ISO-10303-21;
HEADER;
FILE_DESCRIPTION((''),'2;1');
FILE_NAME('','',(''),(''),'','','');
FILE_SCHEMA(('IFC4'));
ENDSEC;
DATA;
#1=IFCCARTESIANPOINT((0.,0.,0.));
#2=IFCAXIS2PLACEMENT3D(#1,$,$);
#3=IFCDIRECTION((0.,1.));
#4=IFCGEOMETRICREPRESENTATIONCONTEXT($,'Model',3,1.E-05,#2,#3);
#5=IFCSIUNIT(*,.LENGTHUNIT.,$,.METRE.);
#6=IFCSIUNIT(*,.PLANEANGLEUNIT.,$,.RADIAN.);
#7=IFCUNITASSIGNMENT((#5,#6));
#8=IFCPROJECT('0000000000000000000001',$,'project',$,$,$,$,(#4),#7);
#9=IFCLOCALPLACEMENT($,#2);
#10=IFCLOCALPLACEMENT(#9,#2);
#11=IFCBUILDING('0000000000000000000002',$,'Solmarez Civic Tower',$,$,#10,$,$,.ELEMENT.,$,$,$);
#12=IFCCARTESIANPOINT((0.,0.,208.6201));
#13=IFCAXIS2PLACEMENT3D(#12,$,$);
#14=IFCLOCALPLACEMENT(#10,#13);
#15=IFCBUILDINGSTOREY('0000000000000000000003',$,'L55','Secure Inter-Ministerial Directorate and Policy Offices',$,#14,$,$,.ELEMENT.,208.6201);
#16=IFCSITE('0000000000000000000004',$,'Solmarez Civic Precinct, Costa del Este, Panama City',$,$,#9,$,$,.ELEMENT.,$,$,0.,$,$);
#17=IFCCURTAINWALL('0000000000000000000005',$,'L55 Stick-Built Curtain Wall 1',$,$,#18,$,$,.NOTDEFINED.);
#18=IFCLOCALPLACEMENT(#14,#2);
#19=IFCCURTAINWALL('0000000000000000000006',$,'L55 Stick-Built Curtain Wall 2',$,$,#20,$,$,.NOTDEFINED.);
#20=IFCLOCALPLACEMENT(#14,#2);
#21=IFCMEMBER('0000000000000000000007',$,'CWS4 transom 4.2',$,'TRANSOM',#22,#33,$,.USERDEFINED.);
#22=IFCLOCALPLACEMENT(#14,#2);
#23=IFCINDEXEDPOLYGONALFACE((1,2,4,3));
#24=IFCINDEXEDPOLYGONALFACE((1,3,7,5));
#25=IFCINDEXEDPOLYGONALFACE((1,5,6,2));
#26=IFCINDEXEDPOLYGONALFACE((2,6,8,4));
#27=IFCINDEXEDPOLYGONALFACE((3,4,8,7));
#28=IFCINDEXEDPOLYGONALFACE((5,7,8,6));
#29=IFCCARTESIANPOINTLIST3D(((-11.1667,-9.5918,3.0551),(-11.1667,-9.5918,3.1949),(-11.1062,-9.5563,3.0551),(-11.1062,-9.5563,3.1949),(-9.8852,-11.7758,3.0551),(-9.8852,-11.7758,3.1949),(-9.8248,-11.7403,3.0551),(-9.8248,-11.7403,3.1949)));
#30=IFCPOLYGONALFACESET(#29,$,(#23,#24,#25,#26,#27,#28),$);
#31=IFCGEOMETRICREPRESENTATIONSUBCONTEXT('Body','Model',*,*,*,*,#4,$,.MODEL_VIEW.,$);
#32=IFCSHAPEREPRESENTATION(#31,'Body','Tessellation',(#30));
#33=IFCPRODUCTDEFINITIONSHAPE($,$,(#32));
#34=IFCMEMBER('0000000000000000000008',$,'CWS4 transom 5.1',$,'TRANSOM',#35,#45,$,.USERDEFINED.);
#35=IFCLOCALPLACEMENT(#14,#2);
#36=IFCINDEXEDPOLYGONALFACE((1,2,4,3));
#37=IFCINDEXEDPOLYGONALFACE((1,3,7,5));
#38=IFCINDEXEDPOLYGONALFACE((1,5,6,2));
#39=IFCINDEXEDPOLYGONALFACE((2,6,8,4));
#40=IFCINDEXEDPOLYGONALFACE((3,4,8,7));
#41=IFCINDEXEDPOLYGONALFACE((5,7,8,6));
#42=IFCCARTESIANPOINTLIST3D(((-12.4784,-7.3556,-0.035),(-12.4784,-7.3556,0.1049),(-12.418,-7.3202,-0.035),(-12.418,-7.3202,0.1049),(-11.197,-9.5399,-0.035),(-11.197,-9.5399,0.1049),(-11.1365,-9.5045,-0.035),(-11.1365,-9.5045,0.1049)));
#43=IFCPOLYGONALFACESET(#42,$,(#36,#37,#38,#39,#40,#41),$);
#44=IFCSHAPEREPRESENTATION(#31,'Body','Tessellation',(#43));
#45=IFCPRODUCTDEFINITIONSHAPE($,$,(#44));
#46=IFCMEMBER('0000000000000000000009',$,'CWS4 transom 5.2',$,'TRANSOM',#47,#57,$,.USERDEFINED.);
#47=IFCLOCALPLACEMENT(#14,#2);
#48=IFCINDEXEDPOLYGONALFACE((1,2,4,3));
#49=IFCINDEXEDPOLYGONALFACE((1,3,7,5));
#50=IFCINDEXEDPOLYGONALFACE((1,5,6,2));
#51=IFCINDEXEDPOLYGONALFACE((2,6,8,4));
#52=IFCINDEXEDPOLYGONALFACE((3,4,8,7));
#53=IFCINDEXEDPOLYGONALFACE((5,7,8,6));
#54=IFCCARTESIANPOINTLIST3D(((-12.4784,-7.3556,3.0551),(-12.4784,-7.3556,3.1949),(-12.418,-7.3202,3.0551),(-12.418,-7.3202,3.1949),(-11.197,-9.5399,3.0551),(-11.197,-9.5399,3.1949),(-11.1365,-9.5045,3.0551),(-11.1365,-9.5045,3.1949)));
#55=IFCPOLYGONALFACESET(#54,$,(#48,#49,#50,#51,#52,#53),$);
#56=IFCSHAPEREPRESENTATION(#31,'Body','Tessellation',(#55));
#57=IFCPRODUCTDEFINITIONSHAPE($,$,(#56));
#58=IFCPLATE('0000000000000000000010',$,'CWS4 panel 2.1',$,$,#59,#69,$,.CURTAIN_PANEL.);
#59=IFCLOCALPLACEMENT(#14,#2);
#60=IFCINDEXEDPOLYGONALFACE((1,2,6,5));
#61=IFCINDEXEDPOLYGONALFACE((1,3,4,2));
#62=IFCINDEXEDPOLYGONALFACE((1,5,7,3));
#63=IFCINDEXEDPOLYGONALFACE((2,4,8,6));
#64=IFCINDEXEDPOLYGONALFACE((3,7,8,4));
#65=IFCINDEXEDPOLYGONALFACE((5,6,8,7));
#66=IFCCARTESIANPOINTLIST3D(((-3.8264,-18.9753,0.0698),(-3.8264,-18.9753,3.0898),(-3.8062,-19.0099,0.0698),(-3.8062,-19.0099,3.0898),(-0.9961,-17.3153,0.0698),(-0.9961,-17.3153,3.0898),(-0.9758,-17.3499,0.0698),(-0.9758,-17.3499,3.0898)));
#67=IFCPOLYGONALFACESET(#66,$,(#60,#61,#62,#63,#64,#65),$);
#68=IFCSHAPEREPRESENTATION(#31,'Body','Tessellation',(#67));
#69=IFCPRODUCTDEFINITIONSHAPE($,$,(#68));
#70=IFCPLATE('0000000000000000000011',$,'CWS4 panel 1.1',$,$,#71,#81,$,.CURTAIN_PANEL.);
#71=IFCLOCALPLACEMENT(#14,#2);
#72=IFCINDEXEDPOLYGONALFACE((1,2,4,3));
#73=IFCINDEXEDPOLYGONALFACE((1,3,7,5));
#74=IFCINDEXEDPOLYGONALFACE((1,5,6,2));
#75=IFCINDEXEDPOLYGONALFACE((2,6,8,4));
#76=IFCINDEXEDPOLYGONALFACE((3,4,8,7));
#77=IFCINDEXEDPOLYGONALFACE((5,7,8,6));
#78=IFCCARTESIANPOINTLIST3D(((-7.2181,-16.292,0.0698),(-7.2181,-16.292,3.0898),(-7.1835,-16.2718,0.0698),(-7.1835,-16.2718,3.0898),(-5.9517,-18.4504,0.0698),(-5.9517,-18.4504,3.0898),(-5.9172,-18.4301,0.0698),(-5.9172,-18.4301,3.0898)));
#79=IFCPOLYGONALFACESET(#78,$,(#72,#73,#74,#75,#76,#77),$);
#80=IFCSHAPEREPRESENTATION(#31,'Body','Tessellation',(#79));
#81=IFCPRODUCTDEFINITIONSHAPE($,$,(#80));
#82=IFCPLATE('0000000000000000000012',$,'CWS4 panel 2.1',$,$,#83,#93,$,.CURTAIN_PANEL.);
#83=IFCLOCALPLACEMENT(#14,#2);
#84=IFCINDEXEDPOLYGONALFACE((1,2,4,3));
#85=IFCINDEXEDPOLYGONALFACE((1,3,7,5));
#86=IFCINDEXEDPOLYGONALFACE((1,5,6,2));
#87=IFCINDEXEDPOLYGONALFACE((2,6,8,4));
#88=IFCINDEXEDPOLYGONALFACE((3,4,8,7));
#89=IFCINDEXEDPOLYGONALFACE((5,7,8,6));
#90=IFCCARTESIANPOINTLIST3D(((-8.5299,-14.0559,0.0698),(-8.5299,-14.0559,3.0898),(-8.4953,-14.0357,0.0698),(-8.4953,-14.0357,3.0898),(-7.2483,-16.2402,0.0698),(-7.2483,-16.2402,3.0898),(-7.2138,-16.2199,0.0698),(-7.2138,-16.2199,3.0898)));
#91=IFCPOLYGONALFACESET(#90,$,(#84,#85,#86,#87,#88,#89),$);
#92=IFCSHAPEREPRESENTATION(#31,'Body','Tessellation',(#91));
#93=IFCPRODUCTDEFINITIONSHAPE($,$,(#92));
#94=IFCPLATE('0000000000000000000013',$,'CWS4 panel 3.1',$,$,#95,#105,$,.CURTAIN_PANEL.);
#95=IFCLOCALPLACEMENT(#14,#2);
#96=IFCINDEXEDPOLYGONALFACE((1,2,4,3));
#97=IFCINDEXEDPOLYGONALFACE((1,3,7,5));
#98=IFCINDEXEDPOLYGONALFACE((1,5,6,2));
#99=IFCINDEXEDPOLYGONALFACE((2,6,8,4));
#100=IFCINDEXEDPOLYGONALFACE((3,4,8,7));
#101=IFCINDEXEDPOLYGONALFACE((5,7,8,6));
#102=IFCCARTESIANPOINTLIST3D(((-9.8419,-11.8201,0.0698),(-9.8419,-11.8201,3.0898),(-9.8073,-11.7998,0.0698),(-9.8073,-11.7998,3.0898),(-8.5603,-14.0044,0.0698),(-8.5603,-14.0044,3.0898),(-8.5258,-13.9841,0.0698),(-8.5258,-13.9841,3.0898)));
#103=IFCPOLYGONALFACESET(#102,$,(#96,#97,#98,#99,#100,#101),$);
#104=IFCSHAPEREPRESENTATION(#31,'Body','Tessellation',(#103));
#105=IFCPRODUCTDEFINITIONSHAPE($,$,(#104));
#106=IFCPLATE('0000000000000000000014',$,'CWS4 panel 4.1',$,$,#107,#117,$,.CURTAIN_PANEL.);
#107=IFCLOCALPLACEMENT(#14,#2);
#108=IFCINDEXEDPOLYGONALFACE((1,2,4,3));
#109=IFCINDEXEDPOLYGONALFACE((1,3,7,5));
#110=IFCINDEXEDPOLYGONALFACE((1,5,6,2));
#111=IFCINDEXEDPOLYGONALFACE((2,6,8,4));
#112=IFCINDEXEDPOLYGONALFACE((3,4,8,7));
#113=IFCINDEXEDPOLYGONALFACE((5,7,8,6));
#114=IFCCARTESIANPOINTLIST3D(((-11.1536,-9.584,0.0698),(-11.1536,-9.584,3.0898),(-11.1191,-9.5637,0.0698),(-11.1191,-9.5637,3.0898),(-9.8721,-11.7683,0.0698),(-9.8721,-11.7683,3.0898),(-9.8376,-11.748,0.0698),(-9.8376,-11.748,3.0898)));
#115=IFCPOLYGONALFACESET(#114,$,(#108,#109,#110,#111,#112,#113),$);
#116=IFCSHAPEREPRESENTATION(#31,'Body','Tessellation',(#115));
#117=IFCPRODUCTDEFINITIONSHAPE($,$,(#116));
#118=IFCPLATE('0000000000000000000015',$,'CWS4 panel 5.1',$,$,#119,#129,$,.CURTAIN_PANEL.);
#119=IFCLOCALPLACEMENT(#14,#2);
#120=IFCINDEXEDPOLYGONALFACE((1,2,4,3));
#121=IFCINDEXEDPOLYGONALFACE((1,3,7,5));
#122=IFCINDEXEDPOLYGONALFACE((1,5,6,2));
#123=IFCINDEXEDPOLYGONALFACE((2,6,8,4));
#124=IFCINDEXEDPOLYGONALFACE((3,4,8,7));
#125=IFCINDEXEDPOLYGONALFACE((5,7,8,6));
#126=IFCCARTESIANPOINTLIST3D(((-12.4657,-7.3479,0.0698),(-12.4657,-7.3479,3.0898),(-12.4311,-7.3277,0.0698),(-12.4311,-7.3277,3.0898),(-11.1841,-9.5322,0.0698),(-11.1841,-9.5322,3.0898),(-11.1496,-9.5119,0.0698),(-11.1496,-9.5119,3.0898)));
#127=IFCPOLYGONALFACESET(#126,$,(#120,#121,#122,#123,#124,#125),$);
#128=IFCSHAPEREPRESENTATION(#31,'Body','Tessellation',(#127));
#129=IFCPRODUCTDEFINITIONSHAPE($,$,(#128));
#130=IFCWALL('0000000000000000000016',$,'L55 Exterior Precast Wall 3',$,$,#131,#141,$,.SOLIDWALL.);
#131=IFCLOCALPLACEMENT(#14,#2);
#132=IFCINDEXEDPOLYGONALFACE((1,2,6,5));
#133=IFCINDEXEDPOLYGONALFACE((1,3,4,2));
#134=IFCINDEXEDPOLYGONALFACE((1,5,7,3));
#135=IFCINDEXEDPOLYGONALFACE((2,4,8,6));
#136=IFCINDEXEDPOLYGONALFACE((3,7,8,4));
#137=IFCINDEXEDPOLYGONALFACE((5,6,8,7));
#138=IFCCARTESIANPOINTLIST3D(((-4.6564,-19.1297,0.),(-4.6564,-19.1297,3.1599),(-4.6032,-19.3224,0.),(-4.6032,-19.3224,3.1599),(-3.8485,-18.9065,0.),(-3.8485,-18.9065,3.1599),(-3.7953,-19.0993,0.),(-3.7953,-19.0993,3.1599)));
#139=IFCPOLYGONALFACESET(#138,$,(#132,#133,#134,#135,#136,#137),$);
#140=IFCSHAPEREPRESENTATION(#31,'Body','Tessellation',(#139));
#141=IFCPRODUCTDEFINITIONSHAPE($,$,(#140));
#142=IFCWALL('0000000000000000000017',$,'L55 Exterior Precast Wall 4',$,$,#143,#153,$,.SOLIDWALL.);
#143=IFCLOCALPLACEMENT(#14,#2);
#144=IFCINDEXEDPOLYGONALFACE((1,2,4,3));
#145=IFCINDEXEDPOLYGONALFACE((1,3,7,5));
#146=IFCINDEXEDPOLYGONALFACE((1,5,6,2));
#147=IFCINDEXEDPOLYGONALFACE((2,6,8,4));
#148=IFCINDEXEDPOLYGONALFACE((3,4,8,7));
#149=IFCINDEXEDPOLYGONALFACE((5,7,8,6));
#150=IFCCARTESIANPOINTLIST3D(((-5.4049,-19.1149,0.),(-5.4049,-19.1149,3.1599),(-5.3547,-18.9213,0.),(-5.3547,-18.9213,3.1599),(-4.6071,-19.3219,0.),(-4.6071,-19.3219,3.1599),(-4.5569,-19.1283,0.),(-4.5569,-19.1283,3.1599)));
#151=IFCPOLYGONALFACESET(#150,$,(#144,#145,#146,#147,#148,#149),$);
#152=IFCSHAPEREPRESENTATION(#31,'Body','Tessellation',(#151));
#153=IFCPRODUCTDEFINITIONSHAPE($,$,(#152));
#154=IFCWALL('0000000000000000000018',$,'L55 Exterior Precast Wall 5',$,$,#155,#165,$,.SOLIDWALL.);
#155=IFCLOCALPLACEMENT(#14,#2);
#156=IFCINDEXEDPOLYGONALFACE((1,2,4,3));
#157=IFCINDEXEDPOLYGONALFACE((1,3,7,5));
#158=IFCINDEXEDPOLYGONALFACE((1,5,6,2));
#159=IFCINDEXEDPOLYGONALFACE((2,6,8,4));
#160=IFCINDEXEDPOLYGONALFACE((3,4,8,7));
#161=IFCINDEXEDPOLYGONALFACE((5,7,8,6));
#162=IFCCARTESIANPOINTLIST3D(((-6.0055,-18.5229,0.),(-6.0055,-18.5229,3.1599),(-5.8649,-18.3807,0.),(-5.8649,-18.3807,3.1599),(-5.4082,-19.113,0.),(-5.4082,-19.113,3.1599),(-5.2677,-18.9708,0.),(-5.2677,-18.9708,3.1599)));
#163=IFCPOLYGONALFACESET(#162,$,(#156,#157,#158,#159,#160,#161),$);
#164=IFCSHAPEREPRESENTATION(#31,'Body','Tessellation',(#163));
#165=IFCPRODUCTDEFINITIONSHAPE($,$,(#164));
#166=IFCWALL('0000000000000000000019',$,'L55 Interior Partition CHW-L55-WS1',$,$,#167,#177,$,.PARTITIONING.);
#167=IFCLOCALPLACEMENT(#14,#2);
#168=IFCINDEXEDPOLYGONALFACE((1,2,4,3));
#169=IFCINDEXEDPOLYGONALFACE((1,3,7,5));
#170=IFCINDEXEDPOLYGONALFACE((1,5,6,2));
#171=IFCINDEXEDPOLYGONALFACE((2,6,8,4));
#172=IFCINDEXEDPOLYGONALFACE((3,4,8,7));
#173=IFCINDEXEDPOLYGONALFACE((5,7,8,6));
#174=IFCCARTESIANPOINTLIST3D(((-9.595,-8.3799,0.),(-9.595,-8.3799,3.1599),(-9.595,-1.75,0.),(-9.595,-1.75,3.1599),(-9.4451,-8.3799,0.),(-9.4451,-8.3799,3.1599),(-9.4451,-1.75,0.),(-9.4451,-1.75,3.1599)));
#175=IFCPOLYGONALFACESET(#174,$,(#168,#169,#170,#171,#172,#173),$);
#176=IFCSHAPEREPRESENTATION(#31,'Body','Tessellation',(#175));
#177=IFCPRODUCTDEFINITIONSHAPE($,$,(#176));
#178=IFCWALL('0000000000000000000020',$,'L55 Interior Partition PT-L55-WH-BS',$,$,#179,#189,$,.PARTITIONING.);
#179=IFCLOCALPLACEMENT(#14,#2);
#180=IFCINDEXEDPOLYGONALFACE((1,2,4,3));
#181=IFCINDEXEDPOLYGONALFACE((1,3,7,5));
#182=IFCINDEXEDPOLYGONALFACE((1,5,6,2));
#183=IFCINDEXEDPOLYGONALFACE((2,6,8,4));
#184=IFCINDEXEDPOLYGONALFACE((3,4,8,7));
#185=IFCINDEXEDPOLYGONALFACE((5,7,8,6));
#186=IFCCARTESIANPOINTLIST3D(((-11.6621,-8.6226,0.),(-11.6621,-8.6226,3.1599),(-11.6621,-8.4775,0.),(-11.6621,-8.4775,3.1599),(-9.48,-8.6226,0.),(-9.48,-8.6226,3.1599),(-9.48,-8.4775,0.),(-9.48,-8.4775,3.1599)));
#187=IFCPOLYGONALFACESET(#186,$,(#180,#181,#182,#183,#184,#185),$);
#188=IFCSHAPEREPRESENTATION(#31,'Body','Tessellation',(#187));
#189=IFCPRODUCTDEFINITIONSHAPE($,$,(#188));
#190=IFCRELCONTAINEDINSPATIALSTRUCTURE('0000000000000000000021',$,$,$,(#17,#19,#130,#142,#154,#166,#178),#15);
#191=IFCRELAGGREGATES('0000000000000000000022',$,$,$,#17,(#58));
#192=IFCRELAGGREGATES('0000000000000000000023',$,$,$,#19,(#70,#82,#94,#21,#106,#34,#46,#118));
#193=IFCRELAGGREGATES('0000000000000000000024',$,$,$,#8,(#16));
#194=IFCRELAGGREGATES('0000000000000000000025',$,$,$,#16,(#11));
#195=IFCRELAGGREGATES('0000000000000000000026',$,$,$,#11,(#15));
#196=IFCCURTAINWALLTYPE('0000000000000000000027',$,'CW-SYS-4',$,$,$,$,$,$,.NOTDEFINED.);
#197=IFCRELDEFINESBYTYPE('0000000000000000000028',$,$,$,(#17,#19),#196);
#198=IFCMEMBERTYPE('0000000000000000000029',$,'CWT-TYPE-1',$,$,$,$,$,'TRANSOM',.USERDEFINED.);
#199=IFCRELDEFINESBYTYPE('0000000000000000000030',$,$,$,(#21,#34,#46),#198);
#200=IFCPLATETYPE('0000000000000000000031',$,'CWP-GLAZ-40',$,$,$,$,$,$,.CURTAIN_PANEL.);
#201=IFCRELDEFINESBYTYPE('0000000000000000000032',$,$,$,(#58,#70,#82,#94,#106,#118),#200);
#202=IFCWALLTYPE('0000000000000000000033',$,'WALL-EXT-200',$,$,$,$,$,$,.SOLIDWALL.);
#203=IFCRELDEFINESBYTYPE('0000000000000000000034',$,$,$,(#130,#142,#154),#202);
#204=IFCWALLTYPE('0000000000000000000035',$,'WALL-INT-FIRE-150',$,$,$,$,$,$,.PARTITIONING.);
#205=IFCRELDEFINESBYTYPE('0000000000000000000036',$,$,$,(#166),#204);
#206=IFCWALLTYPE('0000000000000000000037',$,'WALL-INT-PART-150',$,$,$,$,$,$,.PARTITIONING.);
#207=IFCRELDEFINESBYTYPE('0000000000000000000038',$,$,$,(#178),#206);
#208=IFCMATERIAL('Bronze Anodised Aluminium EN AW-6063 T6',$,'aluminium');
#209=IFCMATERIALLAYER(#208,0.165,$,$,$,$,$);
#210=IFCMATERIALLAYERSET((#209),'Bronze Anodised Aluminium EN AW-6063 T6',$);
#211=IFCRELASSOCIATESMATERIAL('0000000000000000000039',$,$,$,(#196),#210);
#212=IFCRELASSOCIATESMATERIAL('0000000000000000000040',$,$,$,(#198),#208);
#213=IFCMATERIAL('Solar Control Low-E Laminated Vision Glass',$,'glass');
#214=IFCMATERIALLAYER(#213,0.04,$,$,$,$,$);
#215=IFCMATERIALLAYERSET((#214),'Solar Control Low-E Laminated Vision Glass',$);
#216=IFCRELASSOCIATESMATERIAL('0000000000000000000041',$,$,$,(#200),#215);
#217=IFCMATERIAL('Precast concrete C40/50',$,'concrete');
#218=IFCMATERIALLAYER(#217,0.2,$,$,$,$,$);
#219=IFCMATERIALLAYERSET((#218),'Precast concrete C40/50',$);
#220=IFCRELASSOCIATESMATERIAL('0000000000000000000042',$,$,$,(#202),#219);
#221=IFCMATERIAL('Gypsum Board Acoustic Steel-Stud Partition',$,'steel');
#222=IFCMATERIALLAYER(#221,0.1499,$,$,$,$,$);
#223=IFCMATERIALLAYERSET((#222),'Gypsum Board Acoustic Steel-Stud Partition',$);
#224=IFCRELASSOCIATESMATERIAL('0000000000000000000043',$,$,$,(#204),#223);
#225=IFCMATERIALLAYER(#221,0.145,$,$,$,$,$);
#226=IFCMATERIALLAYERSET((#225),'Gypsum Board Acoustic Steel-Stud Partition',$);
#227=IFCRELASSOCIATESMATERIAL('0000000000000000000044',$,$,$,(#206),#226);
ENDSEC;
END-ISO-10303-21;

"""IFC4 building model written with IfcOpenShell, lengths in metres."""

from ifc_helpers import new_model, si_unit, direction, frame, frame_2d, origin, origin_2d, place, context, subcontext, project, spatial, rectangle, extrude, material, layer, layer_set, material_profile, profile_set, type_object, element, aggregate, save


model = new_model("IFC4")

# Units and contexts
model_context = context("Model", 3, precision=1e-05, world=origin(), true_north=direction((0.0, 1.0)))
body_context = subcontext(model_context, "Body", "Model", "MODEL_VIEW")
ifc_project = project(units=[si_unit("LENGTHUNIT", "METRE"), si_unit("PLANEANGLEUNIT", "RADIAN")], contexts=[model_context])

# Site, building, storey
site_placement = place(None, origin())
site = spatial("IfcSite", under=ifc_project, at=site_placement, Name="Solmarez Civic Precinct, Costa del Este, Panama City", CompositionType="ELEMENT", RefElevation=0.0)
building_placement = place(site_placement, origin())
building = spatial("IfcBuilding", under=site, at=building_placement, Name="Solmarez Civic Tower", CompositionType="ELEMENT")
storey_placement = place(building_placement, frame((0.0, 0.0, 208.6201)))
storey = spatial("IfcBuildingStorey", under=building, at=storey_placement, Name="L55", Description="Secure Inter-Ministerial Directorate and Policy Offices", CompositionType="ELEMENT", Elevation=208.6201)

# Curtain wall
ifc_material_1 = material(Name="Bronze Anodised Aluminium EN AW-6063 T6", Category="aluminium")
ifc_layer_1 = layer(ifc_material_1, 0.165)
ifc_layer_set_1 = layer_set([ifc_layer_1], Name="Bronze Anodised Aluminium EN AW-6063 T6")
curtain_wall_type = type_object("IfcCurtainWallType", Name="CW-SYS-4", PredefinedType="NOTDEFINED", material=ifc_layer_set_1)
curtain_wall_1_placement = place(storey_placement, origin())
curtain_wall_1 = element("IfcCurtainWall", 1, at=curtain_wall_1_placement, inside=storey, type_object=curtain_wall_type, Name="L55 Stick-Built Curtain Wall 1", PredefinedType="NOTDEFINED")

# Curtain wall, members
curtain_wall_2_placement = place(storey_placement, origin())
curtain_wall_2 = element("IfcCurtainWall", 2, at=curtain_wall_2_placement, inside=storey, type_object=curtain_wall_type, Name="L55 Stick-Built Curtain Wall 2", PredefinedType="NOTDEFINED")
ifc_material_profile_1 = material_profile(ifc_material_1, rectangle(XDim=0.0701, YDim=0.1399, at=origin_2d()), Name="CWT-70X140")
ifc_profile_set_1 = profile_set([ifc_material_profile_1], Name="Bronze Anodised Aluminium EN AW-6063 T6")
member_type_1 = type_object("IfcMemberType", Name="CWT-TYPE-1", ElementType="TRANSOM", PredefinedType="USERDEFINED", material=ifc_profile_set_1)
member_1_placement = place(storey_placement, frame((-9.855, -11.7581, 3.125), z_axis=(-0.506063, 0.862496, 0.0), x_axis=(-0.862496, -0.506063, 0.0)))
member_1 = element("IfcMember", 3, at=member_1_placement, type_object=member_type_1, Name="CWS4 transom 4.2", ObjectType="TRANSOM", PredefinedType="USERDEFINED", context=body_context, shape_type="SweptSolid", body=[
    extrude(rectangle(XDim=0.0701, YDim=0.1399, at=origin_2d()), origin(), (0.0, 0.0, 1.0), 2.5322),
])
member_2_placement = place(storey_placement, frame((-11.1667, -9.5222, 0.0349), z_axis=(-0.506021, 0.862521, 0.0), x_axis=(-0.862521, -0.506021, 0.0)))
member_2 = element("IfcMember", 4, at=member_2_placement, type_object=member_type_1, Name="CWS4 transom 5.1", ObjectType="TRANSOM", PredefinedType="USERDEFINED", context=body_context, shape_type="SweptSolid", body=[
    extrude(rectangle(XDim=0.0701, YDim=0.1399, at=origin_2d()), origin(), (0.0, 0.0, 1.0), 2.5325),
])
member_3_placement = place(storey_placement, frame((-11.1667, -9.5222, 3.125), z_axis=(-0.506021, 0.862521, 0.0), x_axis=(-0.862521, -0.506021, 0.0)))
member_3 = element("IfcMember", 5, at=member_3_placement, type_object=member_type_1, Name="CWS4 transom 5.2", ObjectType="TRANSOM", PredefinedType="USERDEFINED", context=body_context, shape_type="SweptSolid", body=[
    extrude(rectangle(XDim=0.0701, YDim=0.1399, at=origin_2d()), origin(), (0.0, 0.0, 1.0), 2.5325),
])

# Plates
ifc_material_2 = material(Name="Solar Control Low-E Laminated Vision Glass", Category="glass")
ifc_layer_2 = layer(ifc_material_2, 0.04)
ifc_layer_set_2 = layer_set([ifc_layer_2], Name="Solar Control Low-E Laminated Vision Glass")
plate_type = type_object("IfcPlateType", Name="CWP-GLAZ-40", PredefinedType="CURTAIN_PANEL", material=ifc_layer_set_2)
plate_1_placement = place(storey_placement, frame((-2.4011, -18.1626, 0.0698), z_axis=(0.0, 0.0, 1.0), x_axis=(-0.862593, -0.505898, 0.0)))
plate_1 = element("IfcPlate", 6, at=plate_1_placement, type_object=plate_type, Name="CWS4 panel 2.1", PredefinedType="CURTAIN_PANEL", context=body_context, shape_type="SweptSolid", body=[
    extrude(rectangle(XDim=3.2812, YDim=0.04, at=origin_2d()), origin(), (0.0, 0.0, 1.0), 3.02),
])
aggregate(curtain_wall_1, [plate_1])
plate_2_placement = place(storey_placement, frame((-6.5676, -17.3611, 0.0698), z_axis=(0.0, 0.0, 1.0), x_axis=(-0.506047, 0.862506, 0.0)))
plate_2 = element("IfcPlate", 7, at=plate_2_placement, type_object=plate_type, Name="CWS4 panel 1.1", PredefinedType="CURTAIN_PANEL", context=body_context, shape_type="SweptSolid", body=[
    extrude(rectangle(XDim=2.5024, YDim=0.04, at=origin_2d()), origin(), (0.0, 0.0, 1.0), 3.02),
])
plate_3_placement = place(storey_placement, frame((-7.8718, -15.1379, 0.0698), z_axis=(0.0, 0.0, 1.0), x_axis=(-0.506047, 0.862506, 0.0)))
plate_3 = element("IfcPlate", 8, at=plate_3_placement, type_object=plate_type, Name="CWS4 panel 2.1", PredefinedType="CURTAIN_PANEL", context=body_context, shape_type="SweptSolid", body=[
    extrude(rectangle(XDim=2.5325, YDim=0.04, at=origin_2d()), origin(), (0.0, 0.0, 1.0), 3.02),
])
plate_4_placement = place(storey_placement, frame((-9.1838, -12.9021, 0.0698), z_axis=(0.0, 0.0, 1.0), x_axis=(-0.506047, 0.862506, 0.0)))
plate_4 = element("IfcPlate", 9, at=plate_4_placement, type_object=plate_type, Name="CWS4 panel 3.1", PredefinedType="CURTAIN_PANEL", context=body_context, shape_type="SweptSolid", body=[
    extrude(rectangle(XDim=2.5325, YDim=0.04, at=origin_2d()), origin(), (0.0, 0.0, 1.0), 3.02),
])
plate_5_placement = place(storey_placement, frame((-10.4956, -10.666, 0.0698), z_axis=(0.0, 0.0, 1.0), x_axis=(-0.506047, 0.862506, 0.0)))
plate_5 = element("IfcPlate", 10, at=plate_5_placement, type_object=plate_type, Name="CWS4 panel 4.1", PredefinedType="CURTAIN_PANEL", context=body_context, shape_type="SweptSolid", body=[
    extrude(rectangle(XDim=2.5325, YDim=0.04, at=origin_2d()), origin(), (0.0, 0.0, 1.0), 3.02),
])
plate_6_placement = place(storey_placement, frame((-11.8076, -8.4299, 0.0698), z_axis=(0.0, 0.0, 1.0), x_axis=(-0.506047, 0.862506, 0.0)))
plate_6 = element("IfcPlate", 11, at=plate_6_placement, type_object=plate_type, Name="CWS4 panel 5.1", PredefinedType="CURTAIN_PANEL", context=body_context, shape_type="SweptSolid", body=[
    extrude(rectangle(XDim=2.5325, YDim=0.04, at=origin_2d()), origin(), (0.0, 0.0, 1.0), 3.02),
])
aggregate(curtain_wall_2, [plate_2, plate_3, plate_4, member_1, plate_5, member_2, member_3, plate_6])

# Walls
ifc_material_3 = material(Name="Precast concrete C40/50", Category="concrete")
ifc_layer_3 = layer(ifc_material_3, 0.2)
ifc_layer_set_3 = layer_set([ifc_layer_3], Name="Precast concrete C40/50")
wall_type_1 = type_object("IfcWallType", Name="WALL-EXT-200", PredefinedType="SOLIDWALL", material=ifc_layer_set_3)
wall_1_placement = place(storey_placement, frame((-3.822, -19.0029, 0.0), z_axis=(0.0, 0.0, 1.0), x_axis=(-0.963905, -0.266246, 0.0)))
element("IfcWall", 12, at=wall_1_placement, inside=storey, type_object=wall_type_1, Name="L55 Exterior Precast Wall 3", PredefinedType="SOLIDWALL", context=body_context, shape_type="SweptSolid", body=[
    extrude(rectangle(XDim=0.8381, YDim=0.2, at=frame_2d((0.4189, 0.0))), origin(), (0.0, 0.0, 1.0), 3.1599),
])
wall_2_placement = place(storey_placement, frame((-4.582, -19.2251, 0.0), z_axis=(0.0, 0.0, 1.0), x_axis=(-0.967944, 0.251168, 0.0)))
element("IfcWall", 13, at=wall_2_placement, inside=storey, type_object=wall_type_1, Name="L55 Exterior Precast Wall 4", PredefinedType="SOLIDWALL", context=body_context, shape_type="SweptSolid", body=[
    extrude(rectangle(XDim=0.8242, YDim=0.2, at=frame_2d((0.4121, 0.0))), origin(), (0.0, 0.0, 1.0), 3.1599),
])
wall_3_placement = place(storey_placement, frame((-5.3379, -19.042, 0.0), z_axis=(0.0, 0.0, 1.0), x_axis=(-0.711311, 0.702878, 0.0)))
element("IfcWall", 14, at=wall_3_placement, inside=storey, type_object=wall_type_1, Name="L55 Exterior Precast Wall 5", PredefinedType="SOLIDWALL", context=body_context, shape_type="SweptSolid", body=[
    extrude(rectangle(XDim=0.8396, YDim=0.2, at=frame_2d((0.4199, 0.0))), origin(), (0.0, 0.0, 1.0), 3.1599),
])
ifc_material_4 = material(Name="Gypsum Board Acoustic Steel-Stud Partition", Category="steel")
ifc_layer_4 = layer(ifc_material_4, 0.1499)
ifc_layer_set_4 = layer_set([ifc_layer_4], Name="Gypsum Board Acoustic Steel-Stud Partition")
wall_type_2 = type_object("IfcWallType", Name="WALL-INT-FIRE-150", PredefinedType="PARTITIONING", material=ifc_layer_set_4)
wall_4_placement = place(storey_placement, frame((-9.52, -8.3799, 0.0), z_axis=(0.0, 0.0, 1.0), x_axis=(0.0, 1.0, 0.0)))
element("IfcWall", 15, at=wall_4_placement, inside=storey, type_object=wall_type_2, Name="L55 Interior Partition CHW-L55-WS1", PredefinedType="PARTITIONING", context=body_context, shape_type="SweptSolid", body=[
    extrude(rectangle(XDim=6.6299, YDim=0.1499, at=frame_2d((3.3149, 0.0))), origin(), (0.0, 0.0, 1.0), 3.1599),
])
ifc_layer_5 = layer(ifc_material_4, 0.145)
ifc_layer_set_5 = layer_set([ifc_layer_5], Name="Gypsum Board Acoustic Steel-Stud Partition")
wall_type_3 = type_object("IfcWallType", Name="WALL-INT-PART-150", PredefinedType="PARTITIONING", material=ifc_layer_set_5)
wall_5_placement = place(storey_placement, frame((-11.6621, -8.55, 0.0), z_axis=(0.0, 0.0, 1.0), x_axis=(1.0, 0.0, 0.0)))
element("IfcWall", 16, at=wall_5_placement, inside=storey, type_object=wall_type_3, Name="L55 Interior Partition PT-L55-WH-BS", PredefinedType="PARTITIONING", context=body_context, shape_type="SweptSolid", body=[
    extrude(rectangle(XDim=2.1821, YDim=0.145, at=frame_2d((1.0911, 0.0))), origin(), (0.0, 0.0, 1.0), 3.1599),
])

save(model, "model.ifc")
